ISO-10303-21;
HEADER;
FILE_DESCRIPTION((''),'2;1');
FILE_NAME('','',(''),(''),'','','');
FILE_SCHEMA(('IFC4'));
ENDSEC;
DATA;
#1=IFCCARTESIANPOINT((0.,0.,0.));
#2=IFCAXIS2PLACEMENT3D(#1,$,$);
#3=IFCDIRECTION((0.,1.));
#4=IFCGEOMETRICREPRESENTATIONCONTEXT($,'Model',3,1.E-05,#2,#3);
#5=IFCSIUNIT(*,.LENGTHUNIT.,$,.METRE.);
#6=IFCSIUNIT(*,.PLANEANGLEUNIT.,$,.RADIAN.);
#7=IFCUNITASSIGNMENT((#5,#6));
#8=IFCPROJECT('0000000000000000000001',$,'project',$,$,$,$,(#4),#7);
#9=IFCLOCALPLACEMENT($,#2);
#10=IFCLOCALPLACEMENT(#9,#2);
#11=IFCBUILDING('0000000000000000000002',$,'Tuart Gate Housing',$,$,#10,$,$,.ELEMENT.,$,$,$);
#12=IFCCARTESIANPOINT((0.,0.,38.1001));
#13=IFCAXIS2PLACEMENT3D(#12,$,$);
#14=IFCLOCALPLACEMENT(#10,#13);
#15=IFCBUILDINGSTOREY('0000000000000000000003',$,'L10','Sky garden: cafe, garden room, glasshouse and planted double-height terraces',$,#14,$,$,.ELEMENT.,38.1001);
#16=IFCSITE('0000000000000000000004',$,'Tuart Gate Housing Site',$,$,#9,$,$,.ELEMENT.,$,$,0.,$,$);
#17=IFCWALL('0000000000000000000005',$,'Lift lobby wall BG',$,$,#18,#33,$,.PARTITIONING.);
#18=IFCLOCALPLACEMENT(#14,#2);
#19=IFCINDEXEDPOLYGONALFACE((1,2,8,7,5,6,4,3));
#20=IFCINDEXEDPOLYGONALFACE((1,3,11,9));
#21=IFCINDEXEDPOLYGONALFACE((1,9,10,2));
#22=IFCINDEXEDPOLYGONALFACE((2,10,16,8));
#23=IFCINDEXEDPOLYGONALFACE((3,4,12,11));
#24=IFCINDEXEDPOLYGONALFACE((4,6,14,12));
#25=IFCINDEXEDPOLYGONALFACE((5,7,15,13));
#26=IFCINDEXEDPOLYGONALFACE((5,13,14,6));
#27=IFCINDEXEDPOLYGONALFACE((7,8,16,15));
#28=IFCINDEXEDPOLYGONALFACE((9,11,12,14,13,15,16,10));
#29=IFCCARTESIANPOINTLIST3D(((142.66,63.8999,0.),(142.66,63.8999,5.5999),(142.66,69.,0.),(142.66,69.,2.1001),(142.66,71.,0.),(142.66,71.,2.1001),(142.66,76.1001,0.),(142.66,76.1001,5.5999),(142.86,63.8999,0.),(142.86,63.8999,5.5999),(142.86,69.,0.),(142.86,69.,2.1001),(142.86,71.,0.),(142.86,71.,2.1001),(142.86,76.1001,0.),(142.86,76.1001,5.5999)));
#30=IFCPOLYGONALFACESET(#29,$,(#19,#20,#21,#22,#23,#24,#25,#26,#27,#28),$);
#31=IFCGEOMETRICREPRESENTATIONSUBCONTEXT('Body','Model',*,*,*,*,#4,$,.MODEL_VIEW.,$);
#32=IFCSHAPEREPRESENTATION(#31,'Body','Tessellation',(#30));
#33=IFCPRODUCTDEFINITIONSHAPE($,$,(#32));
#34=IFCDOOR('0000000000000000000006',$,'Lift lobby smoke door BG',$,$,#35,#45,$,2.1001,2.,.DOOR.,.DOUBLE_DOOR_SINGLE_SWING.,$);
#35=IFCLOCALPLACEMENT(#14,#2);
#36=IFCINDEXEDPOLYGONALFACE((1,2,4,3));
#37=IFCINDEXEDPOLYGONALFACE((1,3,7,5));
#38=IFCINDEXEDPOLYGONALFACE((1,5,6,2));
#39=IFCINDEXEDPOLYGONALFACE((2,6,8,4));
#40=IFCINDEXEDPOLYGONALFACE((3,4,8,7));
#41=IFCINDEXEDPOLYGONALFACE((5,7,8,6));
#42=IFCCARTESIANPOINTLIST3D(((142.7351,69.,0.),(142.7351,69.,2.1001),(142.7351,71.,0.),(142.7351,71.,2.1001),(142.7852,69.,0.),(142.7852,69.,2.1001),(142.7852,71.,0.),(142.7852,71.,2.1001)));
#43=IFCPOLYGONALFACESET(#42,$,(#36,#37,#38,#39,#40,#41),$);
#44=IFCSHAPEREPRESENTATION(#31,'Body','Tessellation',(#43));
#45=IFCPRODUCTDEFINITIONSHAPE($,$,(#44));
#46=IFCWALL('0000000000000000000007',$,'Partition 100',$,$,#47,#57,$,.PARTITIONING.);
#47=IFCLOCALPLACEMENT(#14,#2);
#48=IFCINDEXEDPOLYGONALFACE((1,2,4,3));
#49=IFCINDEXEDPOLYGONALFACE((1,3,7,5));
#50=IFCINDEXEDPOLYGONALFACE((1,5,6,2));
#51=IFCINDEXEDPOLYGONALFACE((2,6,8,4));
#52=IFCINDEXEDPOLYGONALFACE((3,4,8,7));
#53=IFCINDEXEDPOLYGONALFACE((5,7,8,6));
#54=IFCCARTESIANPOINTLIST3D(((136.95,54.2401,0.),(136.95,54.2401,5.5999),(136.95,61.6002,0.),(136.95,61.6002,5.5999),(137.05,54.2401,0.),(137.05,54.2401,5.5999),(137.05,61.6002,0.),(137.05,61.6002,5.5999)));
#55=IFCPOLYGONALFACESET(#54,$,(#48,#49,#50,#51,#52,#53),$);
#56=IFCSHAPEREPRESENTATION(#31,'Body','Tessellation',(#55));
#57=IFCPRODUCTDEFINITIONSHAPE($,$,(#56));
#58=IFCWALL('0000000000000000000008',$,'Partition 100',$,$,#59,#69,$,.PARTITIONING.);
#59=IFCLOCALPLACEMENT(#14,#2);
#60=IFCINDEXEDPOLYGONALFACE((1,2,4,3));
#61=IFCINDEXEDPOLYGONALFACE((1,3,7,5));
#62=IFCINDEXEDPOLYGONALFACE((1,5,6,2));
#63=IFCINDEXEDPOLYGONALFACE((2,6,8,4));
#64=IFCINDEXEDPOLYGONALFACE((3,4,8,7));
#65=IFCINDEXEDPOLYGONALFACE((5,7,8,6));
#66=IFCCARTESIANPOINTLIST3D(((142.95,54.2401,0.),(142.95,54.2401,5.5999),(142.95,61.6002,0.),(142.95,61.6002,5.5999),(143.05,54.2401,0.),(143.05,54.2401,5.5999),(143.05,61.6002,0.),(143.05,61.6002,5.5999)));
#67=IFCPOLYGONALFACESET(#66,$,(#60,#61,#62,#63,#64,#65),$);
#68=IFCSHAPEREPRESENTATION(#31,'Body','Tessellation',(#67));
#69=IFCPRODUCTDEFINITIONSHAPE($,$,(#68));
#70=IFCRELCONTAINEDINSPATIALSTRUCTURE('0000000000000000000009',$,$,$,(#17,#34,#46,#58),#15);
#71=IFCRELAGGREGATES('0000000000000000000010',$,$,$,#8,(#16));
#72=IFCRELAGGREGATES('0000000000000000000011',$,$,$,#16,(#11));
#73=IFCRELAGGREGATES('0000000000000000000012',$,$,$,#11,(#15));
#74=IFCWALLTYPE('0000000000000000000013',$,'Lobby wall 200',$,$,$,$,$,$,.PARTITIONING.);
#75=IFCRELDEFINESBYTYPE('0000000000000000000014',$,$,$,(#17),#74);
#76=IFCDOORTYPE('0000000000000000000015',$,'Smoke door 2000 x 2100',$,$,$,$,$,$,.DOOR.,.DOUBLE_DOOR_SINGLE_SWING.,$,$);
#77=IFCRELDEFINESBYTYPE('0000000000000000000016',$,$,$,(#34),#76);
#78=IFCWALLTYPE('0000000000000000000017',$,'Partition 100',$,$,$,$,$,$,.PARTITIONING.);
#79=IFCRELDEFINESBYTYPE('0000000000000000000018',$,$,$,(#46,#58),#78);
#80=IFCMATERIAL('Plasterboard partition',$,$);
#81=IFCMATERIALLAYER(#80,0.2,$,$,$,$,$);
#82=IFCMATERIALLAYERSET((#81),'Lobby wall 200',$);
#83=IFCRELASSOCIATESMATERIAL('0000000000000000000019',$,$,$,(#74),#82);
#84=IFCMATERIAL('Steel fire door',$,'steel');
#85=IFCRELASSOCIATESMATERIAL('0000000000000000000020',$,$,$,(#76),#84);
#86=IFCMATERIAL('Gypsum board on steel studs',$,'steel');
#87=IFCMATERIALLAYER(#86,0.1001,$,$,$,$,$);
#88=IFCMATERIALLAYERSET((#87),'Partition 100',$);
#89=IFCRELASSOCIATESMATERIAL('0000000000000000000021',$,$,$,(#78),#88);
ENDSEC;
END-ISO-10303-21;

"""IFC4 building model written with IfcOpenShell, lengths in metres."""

from ifc_helpers import new_model, si_unit, direction, frame, frame_2d, origin, place, context, subcontext, project, spatial, rectangle, extrude, material, layer, layer_set, type_object, element, fill, save


model = new_model("IFC4")

# Units and contexts
model_context = context("Model", 3, precision=1e-05, world=origin(), true_north=direction((0.0, 1.0)))
body_context = subcontext(model_context, "Body", "Model", "MODEL_VIEW")
ifc_project = project(units=[si_unit("LENGTHUNIT", "METRE"), si_unit("PLANEANGLEUNIT", "RADIAN")], contexts=[model_context])

# Site, building, storey
site_placement = place(None, origin())
site = spatial("IfcSite", under=ifc_project, at=site_placement, Name="Tuart Gate Housing Site", CompositionType="ELEMENT", RefElevation=0.0)
building_placement = place(site_placement, origin())
building = spatial("IfcBuilding", under=site, at=building_placement, Name="Tuart Gate Housing", CompositionType="ELEMENT")
storey_placement = place(building_placement, frame((0.0, 0.0, 38.1001)))
storey = spatial("IfcBuildingStorey", under=building, at=storey_placement, Name="L10", Description="Sky garden: cafe, garden room, glasshouse and planted double-height terraces", CompositionType="ELEMENT", Elevation=38.1001)

# Wall, opening, door
ifc_material_1 = material(Name="Plasterboard partition")
ifc_layer_1 = layer(ifc_material_1, 0.2)
ifc_layer_set_1 = layer_set([ifc_layer_1], Name="Lobby wall 200")
wall_type_1 = type_object("IfcWallType", Name="Lobby wall 200", PredefinedType="PARTITIONING", material=ifc_layer_set_1)
wall_1_placement = place(storey_placement, frame((142.76, 63.8999, 0.0), z_axis=(0.0, 0.0, 1.0), x_axis=(0.0, 1.0, 0.0)))
wall_1 = element("IfcWall", 1, at=wall_1_placement, inside=storey, type_object=wall_type_1, Name="Lift lobby wall BG", PredefinedType="PARTITIONING", context=body_context, shape_type="SweptSolid", body=[
    extrude(rectangle(XDim=12.2002, YDim=0.2, at=frame_2d((6.1001, 0.0))), origin(), (0.0, 0.0, 1.0), 5.5999),
])
opening_1_placement = place(wall_1_placement, frame((5.1001, 0.0, 0.0)))
opening_1 = element("IfcOpeningElement", 2, at=opening_1_placement, cuts=wall_1, PredefinedType="OPENING", context=body_context, shape_type="SweptSolid", body=[
    extrude(rectangle(XDim=2.0, YDim=2.1001, at=frame_2d((1.0, 1.05))), frame((0.0, 0.1099, 0.0), z_axis=(0.0, -1.0, 0.0), x_axis=(1.0, 0.0, 0.0)), (0.0, 0.0, 1.0), 0.22),
])
ifc_material_2 = material(Name="Steel fire door", Category="steel")
door_type_1 = type_object("IfcDoorType", Name="Smoke door 2000 x 2100", OperationType="DOUBLE_DOOR_SINGLE_SWING", PredefinedType="DOOR", material=ifc_material_2)
door_1_placement = place(opening_1_placement, frame((2.0, 0.0, 0.0), z_axis=(0.0, 0.0, 1.0), x_axis=(-1.0, 0.0, 0.0)))
door_1 = element("IfcDoor", 3, at=door_1_placement, inside=storey, type_object=door_type_1, Name="Lift lobby smoke door BG", OperationType="DOUBLE_DOOR_SINGLE_SWING", OverallHeight=2.1001, OverallWidth=2.0, PredefinedType="DOOR", context=body_context, shape_type="SweptSolid", body=[
    extrude(rectangle(XDim=2.0, YDim=2.1001, at=frame_2d((1.0, 1.05))), frame((0.0, 0.0251, 0.0), z_axis=(0.0, -1.0, 0.0), x_axis=(1.0, 0.0, 0.0)), (0.0, 0.0, 1.0), 0.05),
])
fill(opening_1, door_1)

# Walls
ifc_material_3 = material(Name="Gypsum board on steel studs", Category="steel")
ifc_layer_2 = layer(ifc_material_3, 0.1001)
ifc_layer_set_2 = layer_set([ifc_layer_2], Name="Partition 100")
wall_type_2 = type_object("IfcWallType", Name="Partition 100", PredefinedType="PARTITIONING", material=ifc_layer_set_2)
for number, where, z_axis, x_axis, name in (
    (4, (137.0, 54.24, 0.0), (0.0, 0.0, 1.0), (0.0, 1.0, 0.0), "Partition 100"),
    (5, (143.0, 54.24, 0.0), (0.0, 0.0, 1.0), (0.0, 1.0, 0.0), "Partition 100"),
):
    element("IfcWall", number, at=place(storey_placement, frame(where, z_axis=z_axis, x_axis=x_axis)), inside=storey, type_object=wall_type_2, Name=name, PredefinedType="PARTITIONING", context=body_context, shape_type="SweptSolid", body=[
        extrude(rectangle(XDim=7.3601, YDim=0.1001, at=frame_2d((3.6802, 0.0))), origin(), (0.0, 0.0, 1.0), 5.5999),
    ])

save(model, "model.ifc")
